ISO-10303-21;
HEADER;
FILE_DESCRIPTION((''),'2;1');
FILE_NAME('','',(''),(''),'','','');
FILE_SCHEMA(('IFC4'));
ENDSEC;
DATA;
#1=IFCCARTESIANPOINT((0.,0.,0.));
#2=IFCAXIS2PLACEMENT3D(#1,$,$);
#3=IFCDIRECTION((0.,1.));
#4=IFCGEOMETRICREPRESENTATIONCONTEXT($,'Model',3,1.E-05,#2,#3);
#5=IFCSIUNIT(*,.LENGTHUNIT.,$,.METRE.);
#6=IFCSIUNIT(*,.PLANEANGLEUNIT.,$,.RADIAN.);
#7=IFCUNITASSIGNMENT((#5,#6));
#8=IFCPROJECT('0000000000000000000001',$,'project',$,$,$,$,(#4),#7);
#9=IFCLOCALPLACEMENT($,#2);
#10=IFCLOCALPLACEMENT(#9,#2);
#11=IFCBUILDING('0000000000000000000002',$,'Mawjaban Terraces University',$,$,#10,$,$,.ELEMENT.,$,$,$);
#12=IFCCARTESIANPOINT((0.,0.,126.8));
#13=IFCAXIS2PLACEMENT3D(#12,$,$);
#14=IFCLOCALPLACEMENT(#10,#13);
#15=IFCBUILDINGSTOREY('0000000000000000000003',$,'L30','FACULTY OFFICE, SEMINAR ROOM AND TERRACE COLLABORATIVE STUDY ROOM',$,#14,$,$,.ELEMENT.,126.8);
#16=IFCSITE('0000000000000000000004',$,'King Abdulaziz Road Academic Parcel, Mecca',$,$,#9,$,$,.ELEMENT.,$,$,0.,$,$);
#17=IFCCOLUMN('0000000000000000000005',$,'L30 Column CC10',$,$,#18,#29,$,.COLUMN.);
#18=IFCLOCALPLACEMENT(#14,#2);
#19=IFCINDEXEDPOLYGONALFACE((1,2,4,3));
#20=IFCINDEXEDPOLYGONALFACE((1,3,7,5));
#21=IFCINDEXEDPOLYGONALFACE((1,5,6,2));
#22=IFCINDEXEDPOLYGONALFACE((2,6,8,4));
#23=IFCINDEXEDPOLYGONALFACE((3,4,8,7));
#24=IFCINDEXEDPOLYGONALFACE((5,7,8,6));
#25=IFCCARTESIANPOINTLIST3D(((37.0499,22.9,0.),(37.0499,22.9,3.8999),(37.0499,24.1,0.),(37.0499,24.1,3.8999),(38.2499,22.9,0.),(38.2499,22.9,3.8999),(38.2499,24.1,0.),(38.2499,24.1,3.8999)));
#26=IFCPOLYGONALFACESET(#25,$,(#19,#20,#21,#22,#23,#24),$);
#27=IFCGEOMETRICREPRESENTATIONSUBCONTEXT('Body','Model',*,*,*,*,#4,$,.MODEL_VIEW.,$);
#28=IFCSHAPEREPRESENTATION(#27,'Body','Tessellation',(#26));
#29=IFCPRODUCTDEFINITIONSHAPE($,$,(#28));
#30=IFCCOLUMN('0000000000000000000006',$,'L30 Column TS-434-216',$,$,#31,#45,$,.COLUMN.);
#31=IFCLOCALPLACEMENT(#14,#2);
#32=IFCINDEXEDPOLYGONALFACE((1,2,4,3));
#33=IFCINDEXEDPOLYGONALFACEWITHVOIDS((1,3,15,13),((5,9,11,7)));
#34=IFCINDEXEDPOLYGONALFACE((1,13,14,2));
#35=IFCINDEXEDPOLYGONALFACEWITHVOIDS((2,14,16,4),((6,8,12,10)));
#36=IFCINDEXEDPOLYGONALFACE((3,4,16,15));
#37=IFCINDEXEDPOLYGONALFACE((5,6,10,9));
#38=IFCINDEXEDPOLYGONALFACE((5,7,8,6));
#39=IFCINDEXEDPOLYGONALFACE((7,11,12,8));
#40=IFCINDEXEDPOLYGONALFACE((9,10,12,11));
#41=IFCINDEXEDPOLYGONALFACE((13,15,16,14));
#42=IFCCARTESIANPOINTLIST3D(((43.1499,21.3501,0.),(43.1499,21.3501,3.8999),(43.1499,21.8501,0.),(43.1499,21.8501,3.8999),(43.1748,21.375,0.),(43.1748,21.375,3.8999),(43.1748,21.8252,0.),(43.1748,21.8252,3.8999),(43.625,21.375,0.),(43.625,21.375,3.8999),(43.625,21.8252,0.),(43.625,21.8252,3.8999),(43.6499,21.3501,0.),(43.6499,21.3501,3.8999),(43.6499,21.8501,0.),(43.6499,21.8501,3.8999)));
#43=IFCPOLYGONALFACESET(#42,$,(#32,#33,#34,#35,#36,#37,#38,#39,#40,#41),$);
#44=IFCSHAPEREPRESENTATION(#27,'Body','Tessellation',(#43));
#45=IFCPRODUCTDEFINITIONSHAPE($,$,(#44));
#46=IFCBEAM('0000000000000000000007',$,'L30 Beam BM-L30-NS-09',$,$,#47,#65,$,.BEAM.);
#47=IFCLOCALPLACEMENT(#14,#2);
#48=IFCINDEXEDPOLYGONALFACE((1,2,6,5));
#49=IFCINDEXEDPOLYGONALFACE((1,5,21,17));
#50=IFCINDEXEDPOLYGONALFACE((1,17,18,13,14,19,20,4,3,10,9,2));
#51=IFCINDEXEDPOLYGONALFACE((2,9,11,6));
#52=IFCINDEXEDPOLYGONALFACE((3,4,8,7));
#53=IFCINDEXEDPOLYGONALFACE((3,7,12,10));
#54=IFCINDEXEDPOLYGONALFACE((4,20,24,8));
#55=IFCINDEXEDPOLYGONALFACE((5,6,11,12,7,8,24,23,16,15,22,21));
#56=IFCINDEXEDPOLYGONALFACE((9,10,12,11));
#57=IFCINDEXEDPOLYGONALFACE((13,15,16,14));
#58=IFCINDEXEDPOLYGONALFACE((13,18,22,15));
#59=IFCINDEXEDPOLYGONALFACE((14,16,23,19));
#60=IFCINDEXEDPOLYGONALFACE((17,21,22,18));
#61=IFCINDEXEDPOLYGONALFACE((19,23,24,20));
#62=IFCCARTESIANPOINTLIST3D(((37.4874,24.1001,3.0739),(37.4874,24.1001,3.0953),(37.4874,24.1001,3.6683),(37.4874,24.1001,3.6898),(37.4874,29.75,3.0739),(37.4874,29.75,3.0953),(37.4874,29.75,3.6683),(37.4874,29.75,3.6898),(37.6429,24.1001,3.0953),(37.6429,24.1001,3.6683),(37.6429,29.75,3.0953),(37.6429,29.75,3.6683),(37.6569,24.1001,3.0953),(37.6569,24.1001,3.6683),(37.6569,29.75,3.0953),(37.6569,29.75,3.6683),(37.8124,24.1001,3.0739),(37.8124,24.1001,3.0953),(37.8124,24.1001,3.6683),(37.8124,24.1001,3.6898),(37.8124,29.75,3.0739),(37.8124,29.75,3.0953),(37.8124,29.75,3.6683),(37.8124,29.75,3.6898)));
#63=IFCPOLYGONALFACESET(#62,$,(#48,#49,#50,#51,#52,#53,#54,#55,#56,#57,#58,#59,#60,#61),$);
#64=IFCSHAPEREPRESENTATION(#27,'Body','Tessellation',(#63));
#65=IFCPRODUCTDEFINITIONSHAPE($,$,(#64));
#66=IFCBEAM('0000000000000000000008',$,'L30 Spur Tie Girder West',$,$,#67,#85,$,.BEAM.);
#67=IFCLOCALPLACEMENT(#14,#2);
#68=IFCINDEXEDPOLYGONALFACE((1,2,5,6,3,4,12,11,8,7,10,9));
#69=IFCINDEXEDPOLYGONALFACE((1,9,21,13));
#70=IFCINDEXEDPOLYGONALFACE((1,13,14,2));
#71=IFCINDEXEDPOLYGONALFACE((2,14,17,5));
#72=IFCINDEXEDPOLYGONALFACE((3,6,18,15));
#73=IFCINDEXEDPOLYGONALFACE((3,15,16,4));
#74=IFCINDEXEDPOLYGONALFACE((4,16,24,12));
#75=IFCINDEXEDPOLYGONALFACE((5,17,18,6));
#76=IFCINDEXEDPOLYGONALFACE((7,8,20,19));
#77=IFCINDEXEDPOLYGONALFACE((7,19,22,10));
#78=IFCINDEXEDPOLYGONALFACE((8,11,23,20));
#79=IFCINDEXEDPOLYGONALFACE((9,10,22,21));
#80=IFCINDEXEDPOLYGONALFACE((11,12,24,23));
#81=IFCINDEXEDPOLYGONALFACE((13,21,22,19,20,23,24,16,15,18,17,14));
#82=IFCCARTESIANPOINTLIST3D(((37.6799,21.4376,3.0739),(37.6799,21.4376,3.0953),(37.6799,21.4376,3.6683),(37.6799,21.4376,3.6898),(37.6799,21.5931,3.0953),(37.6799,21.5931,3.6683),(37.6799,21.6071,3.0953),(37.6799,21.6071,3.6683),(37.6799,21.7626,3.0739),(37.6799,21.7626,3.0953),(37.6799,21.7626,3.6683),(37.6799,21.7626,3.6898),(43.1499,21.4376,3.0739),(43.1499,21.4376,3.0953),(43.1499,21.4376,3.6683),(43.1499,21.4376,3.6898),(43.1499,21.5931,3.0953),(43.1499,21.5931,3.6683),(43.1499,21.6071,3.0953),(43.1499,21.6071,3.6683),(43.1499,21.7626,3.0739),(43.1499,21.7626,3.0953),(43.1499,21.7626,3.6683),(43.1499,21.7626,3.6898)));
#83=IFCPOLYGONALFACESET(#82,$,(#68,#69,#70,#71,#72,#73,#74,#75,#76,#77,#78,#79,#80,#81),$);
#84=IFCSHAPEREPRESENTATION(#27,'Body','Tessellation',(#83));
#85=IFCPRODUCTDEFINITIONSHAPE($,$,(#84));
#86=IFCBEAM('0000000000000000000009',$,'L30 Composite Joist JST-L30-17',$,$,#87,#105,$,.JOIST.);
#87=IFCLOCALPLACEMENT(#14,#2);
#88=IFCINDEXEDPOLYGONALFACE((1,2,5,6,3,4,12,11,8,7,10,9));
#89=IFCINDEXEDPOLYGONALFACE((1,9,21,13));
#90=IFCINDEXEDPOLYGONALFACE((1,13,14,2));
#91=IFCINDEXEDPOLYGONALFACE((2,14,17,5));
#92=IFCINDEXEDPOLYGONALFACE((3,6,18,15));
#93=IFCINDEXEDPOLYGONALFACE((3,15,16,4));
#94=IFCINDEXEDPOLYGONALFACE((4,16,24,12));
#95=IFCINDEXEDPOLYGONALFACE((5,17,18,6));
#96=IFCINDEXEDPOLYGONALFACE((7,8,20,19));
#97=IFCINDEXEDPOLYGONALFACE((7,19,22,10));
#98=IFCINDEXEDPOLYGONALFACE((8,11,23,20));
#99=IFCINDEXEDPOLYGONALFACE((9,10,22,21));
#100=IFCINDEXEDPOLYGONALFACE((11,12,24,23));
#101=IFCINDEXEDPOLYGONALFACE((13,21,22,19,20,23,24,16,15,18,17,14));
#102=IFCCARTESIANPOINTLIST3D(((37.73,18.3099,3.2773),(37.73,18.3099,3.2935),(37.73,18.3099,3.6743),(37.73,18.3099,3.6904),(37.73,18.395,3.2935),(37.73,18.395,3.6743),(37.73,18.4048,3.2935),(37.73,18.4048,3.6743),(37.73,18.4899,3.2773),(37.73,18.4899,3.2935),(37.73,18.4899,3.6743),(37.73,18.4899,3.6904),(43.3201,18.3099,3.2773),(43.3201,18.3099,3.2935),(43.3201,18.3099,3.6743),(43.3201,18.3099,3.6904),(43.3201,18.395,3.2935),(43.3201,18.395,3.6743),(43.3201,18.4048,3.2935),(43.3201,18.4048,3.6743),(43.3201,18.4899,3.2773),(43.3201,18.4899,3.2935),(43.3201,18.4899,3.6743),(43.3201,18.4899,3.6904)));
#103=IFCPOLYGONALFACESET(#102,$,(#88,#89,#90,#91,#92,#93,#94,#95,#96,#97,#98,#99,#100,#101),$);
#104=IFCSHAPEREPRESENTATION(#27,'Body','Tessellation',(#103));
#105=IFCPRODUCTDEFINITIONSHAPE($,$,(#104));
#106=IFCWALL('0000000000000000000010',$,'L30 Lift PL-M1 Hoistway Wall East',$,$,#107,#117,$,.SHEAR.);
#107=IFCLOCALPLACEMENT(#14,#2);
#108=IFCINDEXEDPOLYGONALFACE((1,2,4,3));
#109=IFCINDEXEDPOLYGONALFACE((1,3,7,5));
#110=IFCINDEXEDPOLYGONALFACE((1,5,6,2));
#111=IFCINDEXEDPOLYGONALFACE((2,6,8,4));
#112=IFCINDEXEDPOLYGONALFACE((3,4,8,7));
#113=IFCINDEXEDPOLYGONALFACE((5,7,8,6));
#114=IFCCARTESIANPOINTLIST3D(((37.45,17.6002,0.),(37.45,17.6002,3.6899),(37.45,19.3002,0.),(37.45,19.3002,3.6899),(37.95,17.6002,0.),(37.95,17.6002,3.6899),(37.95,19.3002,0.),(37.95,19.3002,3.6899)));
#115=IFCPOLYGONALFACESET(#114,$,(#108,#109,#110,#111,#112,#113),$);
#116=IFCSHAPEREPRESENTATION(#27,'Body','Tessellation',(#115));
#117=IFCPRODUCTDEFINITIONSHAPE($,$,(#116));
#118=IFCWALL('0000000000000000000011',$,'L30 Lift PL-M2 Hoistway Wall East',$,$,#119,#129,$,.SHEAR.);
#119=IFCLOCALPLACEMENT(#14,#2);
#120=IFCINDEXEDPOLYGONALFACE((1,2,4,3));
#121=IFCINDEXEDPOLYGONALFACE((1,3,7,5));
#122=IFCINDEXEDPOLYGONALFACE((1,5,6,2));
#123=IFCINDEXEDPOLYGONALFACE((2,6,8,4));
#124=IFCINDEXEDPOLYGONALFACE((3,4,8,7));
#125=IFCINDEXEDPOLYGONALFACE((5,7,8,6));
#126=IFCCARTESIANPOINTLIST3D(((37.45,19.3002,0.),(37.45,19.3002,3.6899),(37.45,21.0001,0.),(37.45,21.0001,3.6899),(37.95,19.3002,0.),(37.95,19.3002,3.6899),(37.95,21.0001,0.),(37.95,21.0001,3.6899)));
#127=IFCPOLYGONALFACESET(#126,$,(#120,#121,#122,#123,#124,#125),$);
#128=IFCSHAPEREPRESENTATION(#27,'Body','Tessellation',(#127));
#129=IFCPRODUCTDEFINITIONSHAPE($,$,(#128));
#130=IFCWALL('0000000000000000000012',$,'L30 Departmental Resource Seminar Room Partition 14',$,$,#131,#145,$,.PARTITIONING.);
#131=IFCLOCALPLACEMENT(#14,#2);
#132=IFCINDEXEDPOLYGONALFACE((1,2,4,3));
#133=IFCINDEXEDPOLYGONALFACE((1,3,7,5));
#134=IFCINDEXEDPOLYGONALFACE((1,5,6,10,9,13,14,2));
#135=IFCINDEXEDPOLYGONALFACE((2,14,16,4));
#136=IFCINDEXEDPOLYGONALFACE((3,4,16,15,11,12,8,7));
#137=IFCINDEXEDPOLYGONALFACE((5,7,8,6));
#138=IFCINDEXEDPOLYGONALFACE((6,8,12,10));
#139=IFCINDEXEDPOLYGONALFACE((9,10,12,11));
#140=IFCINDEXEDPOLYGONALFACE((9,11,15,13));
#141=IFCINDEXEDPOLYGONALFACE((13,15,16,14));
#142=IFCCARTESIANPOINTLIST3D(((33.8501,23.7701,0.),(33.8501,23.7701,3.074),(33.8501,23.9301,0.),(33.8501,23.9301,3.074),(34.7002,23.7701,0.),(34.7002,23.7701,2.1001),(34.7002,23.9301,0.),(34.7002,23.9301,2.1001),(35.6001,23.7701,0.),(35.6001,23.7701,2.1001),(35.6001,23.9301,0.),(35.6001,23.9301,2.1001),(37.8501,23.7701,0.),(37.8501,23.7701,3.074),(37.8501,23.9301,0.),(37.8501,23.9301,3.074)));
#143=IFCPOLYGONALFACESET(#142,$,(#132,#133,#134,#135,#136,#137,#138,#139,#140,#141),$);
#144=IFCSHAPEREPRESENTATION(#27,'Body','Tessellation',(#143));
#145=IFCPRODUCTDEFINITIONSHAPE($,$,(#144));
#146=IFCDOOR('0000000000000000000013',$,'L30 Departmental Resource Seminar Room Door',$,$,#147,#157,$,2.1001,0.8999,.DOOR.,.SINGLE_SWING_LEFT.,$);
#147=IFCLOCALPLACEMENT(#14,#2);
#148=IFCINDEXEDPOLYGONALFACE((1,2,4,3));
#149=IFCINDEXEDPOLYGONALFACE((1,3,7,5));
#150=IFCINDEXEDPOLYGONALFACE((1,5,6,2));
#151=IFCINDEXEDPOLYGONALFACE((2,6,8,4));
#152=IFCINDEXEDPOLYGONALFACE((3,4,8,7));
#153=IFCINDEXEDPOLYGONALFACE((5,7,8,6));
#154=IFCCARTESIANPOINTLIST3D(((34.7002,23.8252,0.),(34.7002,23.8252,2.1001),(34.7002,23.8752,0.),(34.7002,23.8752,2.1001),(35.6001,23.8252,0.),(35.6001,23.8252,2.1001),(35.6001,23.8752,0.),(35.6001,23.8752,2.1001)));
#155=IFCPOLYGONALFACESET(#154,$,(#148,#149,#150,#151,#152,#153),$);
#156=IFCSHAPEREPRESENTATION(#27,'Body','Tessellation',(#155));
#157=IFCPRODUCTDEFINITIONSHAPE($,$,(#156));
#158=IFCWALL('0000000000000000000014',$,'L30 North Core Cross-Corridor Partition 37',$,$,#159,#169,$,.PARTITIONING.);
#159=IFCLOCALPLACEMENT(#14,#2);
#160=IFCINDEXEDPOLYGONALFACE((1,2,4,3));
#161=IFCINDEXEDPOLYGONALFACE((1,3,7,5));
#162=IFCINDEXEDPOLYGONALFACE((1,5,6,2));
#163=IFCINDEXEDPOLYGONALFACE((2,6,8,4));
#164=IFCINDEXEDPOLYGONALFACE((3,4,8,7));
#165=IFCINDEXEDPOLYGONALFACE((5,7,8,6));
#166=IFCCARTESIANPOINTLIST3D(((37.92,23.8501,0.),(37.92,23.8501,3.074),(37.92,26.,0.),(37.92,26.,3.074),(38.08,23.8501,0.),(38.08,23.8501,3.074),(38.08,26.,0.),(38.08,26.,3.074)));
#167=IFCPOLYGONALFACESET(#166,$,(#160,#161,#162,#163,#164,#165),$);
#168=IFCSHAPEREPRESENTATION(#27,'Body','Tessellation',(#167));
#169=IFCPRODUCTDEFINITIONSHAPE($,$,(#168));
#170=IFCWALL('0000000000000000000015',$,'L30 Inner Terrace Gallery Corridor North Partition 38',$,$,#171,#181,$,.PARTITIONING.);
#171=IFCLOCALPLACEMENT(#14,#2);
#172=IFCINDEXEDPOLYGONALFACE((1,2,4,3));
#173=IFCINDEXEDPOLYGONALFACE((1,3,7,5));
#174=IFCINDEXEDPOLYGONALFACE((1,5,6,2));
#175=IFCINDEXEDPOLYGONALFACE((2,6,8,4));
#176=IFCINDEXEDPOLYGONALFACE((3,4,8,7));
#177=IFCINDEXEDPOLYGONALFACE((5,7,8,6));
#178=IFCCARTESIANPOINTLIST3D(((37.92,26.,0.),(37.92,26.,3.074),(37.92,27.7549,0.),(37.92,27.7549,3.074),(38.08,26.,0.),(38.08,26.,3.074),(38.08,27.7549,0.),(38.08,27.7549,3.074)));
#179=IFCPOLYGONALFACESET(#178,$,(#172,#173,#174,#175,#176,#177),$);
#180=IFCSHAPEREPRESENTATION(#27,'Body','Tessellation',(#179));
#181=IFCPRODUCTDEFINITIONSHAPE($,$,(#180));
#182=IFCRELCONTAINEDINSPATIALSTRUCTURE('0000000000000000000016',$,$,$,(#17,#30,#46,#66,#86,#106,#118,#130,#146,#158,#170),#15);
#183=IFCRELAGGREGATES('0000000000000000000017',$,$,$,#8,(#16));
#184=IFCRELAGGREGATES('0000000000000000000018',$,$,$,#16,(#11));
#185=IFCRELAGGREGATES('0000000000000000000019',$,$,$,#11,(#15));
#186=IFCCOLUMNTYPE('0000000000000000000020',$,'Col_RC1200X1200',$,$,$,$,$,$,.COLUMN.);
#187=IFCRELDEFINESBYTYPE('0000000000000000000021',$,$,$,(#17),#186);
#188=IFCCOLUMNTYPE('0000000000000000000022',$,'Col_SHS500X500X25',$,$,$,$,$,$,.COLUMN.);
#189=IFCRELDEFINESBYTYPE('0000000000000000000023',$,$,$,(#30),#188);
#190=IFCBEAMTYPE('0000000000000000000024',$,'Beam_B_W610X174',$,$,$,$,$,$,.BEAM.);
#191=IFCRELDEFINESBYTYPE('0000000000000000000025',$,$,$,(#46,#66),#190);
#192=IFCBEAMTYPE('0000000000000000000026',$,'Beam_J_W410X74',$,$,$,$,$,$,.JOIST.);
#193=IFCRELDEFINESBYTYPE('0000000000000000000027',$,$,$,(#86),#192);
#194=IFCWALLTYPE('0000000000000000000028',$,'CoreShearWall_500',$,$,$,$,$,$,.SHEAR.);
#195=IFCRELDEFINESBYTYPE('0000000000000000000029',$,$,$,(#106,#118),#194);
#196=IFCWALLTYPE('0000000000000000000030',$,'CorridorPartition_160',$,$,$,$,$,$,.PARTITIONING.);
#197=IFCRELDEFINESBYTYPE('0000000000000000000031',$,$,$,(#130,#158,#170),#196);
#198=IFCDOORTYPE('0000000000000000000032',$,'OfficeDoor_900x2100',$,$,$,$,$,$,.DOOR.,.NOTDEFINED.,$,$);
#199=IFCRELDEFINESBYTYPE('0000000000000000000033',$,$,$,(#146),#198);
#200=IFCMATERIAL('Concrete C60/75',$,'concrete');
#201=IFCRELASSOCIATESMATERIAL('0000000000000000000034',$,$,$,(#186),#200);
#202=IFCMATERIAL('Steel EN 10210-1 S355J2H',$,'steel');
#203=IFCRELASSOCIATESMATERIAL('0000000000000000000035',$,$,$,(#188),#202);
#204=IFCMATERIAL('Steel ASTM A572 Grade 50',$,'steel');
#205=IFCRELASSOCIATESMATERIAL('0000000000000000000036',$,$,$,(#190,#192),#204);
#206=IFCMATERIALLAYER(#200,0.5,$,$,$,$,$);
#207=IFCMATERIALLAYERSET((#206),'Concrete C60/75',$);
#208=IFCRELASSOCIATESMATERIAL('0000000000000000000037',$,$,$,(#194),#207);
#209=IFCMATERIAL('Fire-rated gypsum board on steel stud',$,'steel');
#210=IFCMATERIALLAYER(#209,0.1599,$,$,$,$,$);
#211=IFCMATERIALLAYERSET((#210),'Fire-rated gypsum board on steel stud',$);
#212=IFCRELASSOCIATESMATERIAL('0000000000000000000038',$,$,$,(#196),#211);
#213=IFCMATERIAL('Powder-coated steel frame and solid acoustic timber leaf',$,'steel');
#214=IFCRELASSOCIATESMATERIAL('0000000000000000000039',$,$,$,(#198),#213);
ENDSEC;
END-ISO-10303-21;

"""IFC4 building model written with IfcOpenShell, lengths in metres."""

from ifc_helpers import new_model, si_unit, direction, frame, frame_2d, origin, origin_2d, place, context, subcontext, project, spatial, rectangle, hollow_rectangle, i_section, extrude, material, layer, layer_set, material_profile, profile_set, type_object, element, fill, save


model = new_model("IFC4")

# Units and contexts
model_context = context("Model", 3, precision=1e-05, world=origin(), true_north=direction((0.0, 1.0)))
body_context = subcontext(model_context, "Body", "Model", "MODEL_VIEW")
ifc_project = project(units=[si_unit("LENGTHUNIT", "METRE"), si_unit("PLANEANGLEUNIT", "RADIAN")], contexts=[model_context])

# Site, building, storey
site_placement = place(None, origin())
site = spatial("IfcSite", under=ifc_project, at=site_placement, Name="King Abdulaziz Road Academic Parcel, Mecca", CompositionType="ELEMENT", RefElevation=0.0)
building_placement = place(site_placement, origin())
building = spatial("IfcBuilding", under=site, at=building_placement, Name="Mawjaban Terraces University", CompositionType="ELEMENT")
storey_placement = place(building_placement, frame((0.0, 0.0, 126.8)))
storey = spatial("IfcBuildingStorey", under=building, at=storey_placement, Name="L30", Description="FACULTY OFFICE, SEMINAR ROOM AND TERRACE COLLABORATIVE STUDY ROOM", CompositionType="ELEMENT", Elevation=126.8)

# Columns
ifc_material_1 = material(Name="Concrete C60/75", Category="concrete")
ifc_material_profile_1 = material_profile(ifc_material_1, rectangle(XDim=1.2, YDim=1.2, at=origin_2d()), Name="RC1200X1200")
ifc_profile_set_1 = profile_set([ifc_material_profile_1], Name="Concrete C60/75")
column_type_1 = type_object("IfcColumnType", Name="Col_RC1200X1200", PredefinedType="COLUMN", material=ifc_profile_set_1)
column_1_placement = place(storey_placement, frame((37.6499, 23.5, 0.0), z_axis=(0.0, 0.0, 1.0), x_axis=(1.0, 0.0, 0.0)))
element("IfcColumn", 1, at=column_1_placement, inside=storey, type_object=column_type_1, Name="L30 Column CC10", PredefinedType="COLUMN", context=body_context, shape_type="SweptSolid", body=[
    extrude(rectangle(XDim=1.2, YDim=1.2, at=origin_2d()), origin(), (0.0, 0.0, 1.0), 3.8999),
])
ifc_material_2 = material(Name="Steel EN 10210-1 S355J2H", Category="steel")
ifc_material_profile_2 = material_profile(ifc_material_2, hollow_rectangle(XDim=0.5, YDim=0.5, WallThickness=0.0249, at=origin_2d()), Name="SHS500X500X25")
ifc_profile_set_2 = profile_set([ifc_material_profile_2], Name="Steel EN 10210-1 S355J2H")
column_type_2 = type_object("IfcColumnType", Name="Col_SHS500X500X25", PredefinedType="COLUMN", material=ifc_profile_set_2)
column_2_placement = place(storey_placement, frame((43.3999, 21.6001, 0.0), z_axis=(0.0, 0.0, 1.0), x_axis=(1.0, 0.0, 0.0)))
element("IfcColumn", 2, at=column_2_placement, inside=storey, type_object=column_type_2, Name="L30 Column TS-434-216", PredefinedType="COLUMN", context=body_context, shape_type="SweptSolid", body=[
    extrude(hollow_rectangle(XDim=0.5, YDim=0.5, WallThickness=0.0249, at=origin_2d()), origin(), (0.0, 0.0, 1.0), 3.8999),
])

# Beams
ifc_material_3 = material(Name="Steel ASTM A572 Grade 50", Category="steel")
ifc_material_profile_3 = material_profile(ifc_material_3, i_section(OverallWidth=0.325, OverallDepth=0.616, WebThickness=0.0139, FlangeThickness=0.0215, at=origin_2d()), Name="W610X174")
ifc_profile_set_3 = profile_set([ifc_material_profile_3], Name="Steel ASTM A572 Grade 50")
beam_type_1 = type_object("IfcBeamType", Name="Beam_B_W610X174", PredefinedType="BEAM", material=ifc_profile_set_3)
beam_1_placement = place(storey_placement, frame((37.6499, 24.1001, 3.3818), z_axis=(0.0, 1.0, 0.0), x_axis=(-1.0, 0.0, 0.0)))
element("IfcBeam", 3, at=beam_1_placement, inside=storey, type_object=beam_type_1, Name="L30 Beam BM-L30-NS-09", PredefinedType="BEAM", context=body_context, shape_type="SweptSolid", body=[
    extrude(i_section(OverallWidth=0.325, OverallDepth=0.616, WebThickness=0.0139, FlangeThickness=0.0215, at=origin_2d()), origin(), (0.0, 0.0, 1.0), 5.6499),
])
beam_2_placement = place(storey_placement, frame((37.6799, 21.6001, 3.3818), z_axis=(1.0, 0.0, 0.0), x_axis=(0.0, 1.0, 0.0)))
element("IfcBeam", 4, at=beam_2_placement, inside=storey, type_object=beam_type_1, Name="L30 Spur Tie Girder West", PredefinedType="BEAM", context=body_context, shape_type="SweptSolid", body=[
    extrude(i_section(OverallWidth=0.325, OverallDepth=0.616, WebThickness=0.0139, FlangeThickness=0.0215, at=origin_2d()), origin(), (0.0, 0.0, 1.0), 5.47),
])
ifc_material_profile_4 = material_profile(ifc_material_3, i_section(OverallWidth=0.1799, OverallDepth=0.4131, WebThickness=0.0098, FlangeThickness=0.0161, at=origin_2d()), Name="W410X74")
ifc_profile_set_4 = profile_set([ifc_material_profile_4], Name="Steel ASTM A572 Grade 50")
beam_type_2 = type_object("IfcBeamType", Name="Beam_J_W410X74", PredefinedType="JOIST", material=ifc_profile_set_4)
beam_3_placement = place(storey_placement, frame((37.73, 18.3999, 3.4839), z_axis=(1.0, 0.0, 0.0), x_axis=(0.0, 1.0, 0.0)))
element("IfcBeam", 5, at=beam_3_placement, inside=storey, type_object=beam_type_2, Name="L30 Composite Joist JST-L30-17", PredefinedType="JOIST", context=body_context, shape_type="SweptSolid", body=[
    extrude(i_section(OverallWidth=0.1799, OverallDepth=0.4131, WebThickness=0.0098, FlangeThickness=0.0161, at=origin_2d()), origin(), (0.0, 0.0, 1.0), 5.5901),
])

# Walls
ifc_layer_1 = layer(ifc_material_1, 0.5)
ifc_layer_set_1 = layer_set([ifc_layer_1], Name="Concrete C60/75")
wall_type_1 = type_object("IfcWallType", Name="CoreShearWall_500", PredefinedType="SHEAR", material=ifc_layer_set_1)
for number, where, z_axis, x_axis, name in (
    (6, (37.7, 17.6001, 0.0), (0.0, 0.0, 1.0), (0.0, 1.0, 0.0), "L30 Lift PL-M1 Hoistway Wall East"),
    (7, (37.7, 19.3, 0.0), (0.0, 0.0, 1.0), (0.0, 1.0, 0.0), "L30 Lift PL-M2 Hoistway Wall East"),
):
    element("IfcWall", number, at=place(storey_placement, frame(where, z_axis=z_axis, x_axis=x_axis)), inside=storey, type_object=wall_type_1, Name=name, PredefinedType="SHEAR", context=body_context, shape_type="SweptSolid", body=[
        extrude(rectangle(XDim=1.7, YDim=0.5, at=frame_2d((0.8501, 0.0))), origin(), (0.0, 0.0, 1.0), 3.6899),
    ])

# Wall, opening, door
ifc_material_4 = material(Name="Fire-rated gypsum board on steel stud", Category="steel")
ifc_layer_2 = layer(ifc_material_4, 0.1599)
ifc_layer_set_2 = layer_set([ifc_layer_2], Name="Fire-rated gypsum board on steel stud")
wall_type_2 = type_object("IfcWallType", Name="CorridorPartition_160", PredefinedType="PARTITIONING", material=ifc_layer_set_2)
wall_1_placement = place(storey_placement, frame((37.8501, 23.8501, 0.0), z_axis=(0.0, 0.0, 1.0), x_axis=(-1.0, 0.0, 0.0)))
wall_1 = element("IfcWall", 8, at=wall_1_placement, inside=storey, type_object=wall_type_2, Name="L30 Departmental Resource Seminar Room Partition 14", PredefinedType="PARTITIONING", context=body_context, shape_type="SweptSolid", body=[
    extrude(rectangle(XDim=4.0, YDim=0.1599, at=frame_2d((2.0, 0.0))), origin(), (0.0, 0.0, 1.0), 3.074),
])
opening_1_placement = place(wall_1_placement, frame((2.25, 0.0, 0.0)))
opening_1 = element("IfcOpeningElement", 9, at=opening_1_placement, cuts=wall_1, PredefinedType="OPENING", context=body_context, shape_type="SweptSolid", body=[
    extrude(rectangle(XDim=0.8999, YDim=2.1001, at=frame_2d((0.45, 1.05))), frame((0.0, 0.0898, 0.0), z_axis=(0.0, -1.0, 0.0), x_axis=(1.0, 0.0, 0.0)), (0.0, 0.0, 1.0), 0.1799),
])
ifc_material_5 = material(Name="Powder-coated steel frame and solid acoustic timber leaf", Category="steel")
door_type_1 = type_object("IfcDoorType", Name="OfficeDoor_900x2100", OperationType="NOTDEFINED", PredefinedType="DOOR", material=ifc_material_5)
door_1_placement = place(opening_1_placement, origin())
door_1 = element("IfcDoor", 10, at=door_1_placement, inside=storey, type_object=door_type_1, Name="L30 Departmental Resource Seminar Room Door", OperationType="SINGLE_SWING_LEFT", OverallHeight=2.1001, OverallWidth=0.8999, PredefinedType="DOOR", context=body_context, shape_type="SweptSolid", body=[
    extrude(rectangle(XDim=0.8999, YDim=2.1001, at=frame_2d((0.45, 1.05))), frame((0.0, 0.0249, 0.0), z_axis=(0.0, -1.0, 0.0), x_axis=(1.0, 0.0, 0.0)), (0.0, 0.0, 1.0), 0.05),
])
fill(opening_1, door_1)

# Walls
wall_2_placement = place(storey_placement, frame((38.0, 23.8501, 0.0), z_axis=(0.0, 0.0, 1.0), x_axis=(0.0, 1.0, 0.0)))
element("IfcWall", 11, at=wall_2_placement, inside=storey, type_object=wall_type_2, Name="L30 North Core Cross-Corridor Partition 37", PredefinedType="PARTITIONING", context=body_context, shape_type="SweptSolid", body=[
    extrude(rectangle(XDim=2.1499, YDim=0.1599, at=frame_2d((1.075, 0.0))), origin(), (0.0, 0.0, 1.0), 3.074),
])
wall_3_placement = place(storey_placement, frame((38.0, 26.0, 0.0), z_axis=(0.0, 0.0, 1.0), x_axis=(0.0, 1.0, 0.0)))
element("IfcWall", 12, at=wall_3_placement, inside=storey, type_object=wall_type_2, Name="L30 Inner Terrace Gallery Corridor North Partition 38", PredefinedType="PARTITIONING", context=body_context, shape_type="SweptSolid", body=[
    extrude(rectangle(XDim=1.7549, YDim=0.1599, at=frame_2d((0.8774, 0.0))), origin(), (0.0, 0.0, 1.0), 3.074),
])

save(model, "model.ifc")
